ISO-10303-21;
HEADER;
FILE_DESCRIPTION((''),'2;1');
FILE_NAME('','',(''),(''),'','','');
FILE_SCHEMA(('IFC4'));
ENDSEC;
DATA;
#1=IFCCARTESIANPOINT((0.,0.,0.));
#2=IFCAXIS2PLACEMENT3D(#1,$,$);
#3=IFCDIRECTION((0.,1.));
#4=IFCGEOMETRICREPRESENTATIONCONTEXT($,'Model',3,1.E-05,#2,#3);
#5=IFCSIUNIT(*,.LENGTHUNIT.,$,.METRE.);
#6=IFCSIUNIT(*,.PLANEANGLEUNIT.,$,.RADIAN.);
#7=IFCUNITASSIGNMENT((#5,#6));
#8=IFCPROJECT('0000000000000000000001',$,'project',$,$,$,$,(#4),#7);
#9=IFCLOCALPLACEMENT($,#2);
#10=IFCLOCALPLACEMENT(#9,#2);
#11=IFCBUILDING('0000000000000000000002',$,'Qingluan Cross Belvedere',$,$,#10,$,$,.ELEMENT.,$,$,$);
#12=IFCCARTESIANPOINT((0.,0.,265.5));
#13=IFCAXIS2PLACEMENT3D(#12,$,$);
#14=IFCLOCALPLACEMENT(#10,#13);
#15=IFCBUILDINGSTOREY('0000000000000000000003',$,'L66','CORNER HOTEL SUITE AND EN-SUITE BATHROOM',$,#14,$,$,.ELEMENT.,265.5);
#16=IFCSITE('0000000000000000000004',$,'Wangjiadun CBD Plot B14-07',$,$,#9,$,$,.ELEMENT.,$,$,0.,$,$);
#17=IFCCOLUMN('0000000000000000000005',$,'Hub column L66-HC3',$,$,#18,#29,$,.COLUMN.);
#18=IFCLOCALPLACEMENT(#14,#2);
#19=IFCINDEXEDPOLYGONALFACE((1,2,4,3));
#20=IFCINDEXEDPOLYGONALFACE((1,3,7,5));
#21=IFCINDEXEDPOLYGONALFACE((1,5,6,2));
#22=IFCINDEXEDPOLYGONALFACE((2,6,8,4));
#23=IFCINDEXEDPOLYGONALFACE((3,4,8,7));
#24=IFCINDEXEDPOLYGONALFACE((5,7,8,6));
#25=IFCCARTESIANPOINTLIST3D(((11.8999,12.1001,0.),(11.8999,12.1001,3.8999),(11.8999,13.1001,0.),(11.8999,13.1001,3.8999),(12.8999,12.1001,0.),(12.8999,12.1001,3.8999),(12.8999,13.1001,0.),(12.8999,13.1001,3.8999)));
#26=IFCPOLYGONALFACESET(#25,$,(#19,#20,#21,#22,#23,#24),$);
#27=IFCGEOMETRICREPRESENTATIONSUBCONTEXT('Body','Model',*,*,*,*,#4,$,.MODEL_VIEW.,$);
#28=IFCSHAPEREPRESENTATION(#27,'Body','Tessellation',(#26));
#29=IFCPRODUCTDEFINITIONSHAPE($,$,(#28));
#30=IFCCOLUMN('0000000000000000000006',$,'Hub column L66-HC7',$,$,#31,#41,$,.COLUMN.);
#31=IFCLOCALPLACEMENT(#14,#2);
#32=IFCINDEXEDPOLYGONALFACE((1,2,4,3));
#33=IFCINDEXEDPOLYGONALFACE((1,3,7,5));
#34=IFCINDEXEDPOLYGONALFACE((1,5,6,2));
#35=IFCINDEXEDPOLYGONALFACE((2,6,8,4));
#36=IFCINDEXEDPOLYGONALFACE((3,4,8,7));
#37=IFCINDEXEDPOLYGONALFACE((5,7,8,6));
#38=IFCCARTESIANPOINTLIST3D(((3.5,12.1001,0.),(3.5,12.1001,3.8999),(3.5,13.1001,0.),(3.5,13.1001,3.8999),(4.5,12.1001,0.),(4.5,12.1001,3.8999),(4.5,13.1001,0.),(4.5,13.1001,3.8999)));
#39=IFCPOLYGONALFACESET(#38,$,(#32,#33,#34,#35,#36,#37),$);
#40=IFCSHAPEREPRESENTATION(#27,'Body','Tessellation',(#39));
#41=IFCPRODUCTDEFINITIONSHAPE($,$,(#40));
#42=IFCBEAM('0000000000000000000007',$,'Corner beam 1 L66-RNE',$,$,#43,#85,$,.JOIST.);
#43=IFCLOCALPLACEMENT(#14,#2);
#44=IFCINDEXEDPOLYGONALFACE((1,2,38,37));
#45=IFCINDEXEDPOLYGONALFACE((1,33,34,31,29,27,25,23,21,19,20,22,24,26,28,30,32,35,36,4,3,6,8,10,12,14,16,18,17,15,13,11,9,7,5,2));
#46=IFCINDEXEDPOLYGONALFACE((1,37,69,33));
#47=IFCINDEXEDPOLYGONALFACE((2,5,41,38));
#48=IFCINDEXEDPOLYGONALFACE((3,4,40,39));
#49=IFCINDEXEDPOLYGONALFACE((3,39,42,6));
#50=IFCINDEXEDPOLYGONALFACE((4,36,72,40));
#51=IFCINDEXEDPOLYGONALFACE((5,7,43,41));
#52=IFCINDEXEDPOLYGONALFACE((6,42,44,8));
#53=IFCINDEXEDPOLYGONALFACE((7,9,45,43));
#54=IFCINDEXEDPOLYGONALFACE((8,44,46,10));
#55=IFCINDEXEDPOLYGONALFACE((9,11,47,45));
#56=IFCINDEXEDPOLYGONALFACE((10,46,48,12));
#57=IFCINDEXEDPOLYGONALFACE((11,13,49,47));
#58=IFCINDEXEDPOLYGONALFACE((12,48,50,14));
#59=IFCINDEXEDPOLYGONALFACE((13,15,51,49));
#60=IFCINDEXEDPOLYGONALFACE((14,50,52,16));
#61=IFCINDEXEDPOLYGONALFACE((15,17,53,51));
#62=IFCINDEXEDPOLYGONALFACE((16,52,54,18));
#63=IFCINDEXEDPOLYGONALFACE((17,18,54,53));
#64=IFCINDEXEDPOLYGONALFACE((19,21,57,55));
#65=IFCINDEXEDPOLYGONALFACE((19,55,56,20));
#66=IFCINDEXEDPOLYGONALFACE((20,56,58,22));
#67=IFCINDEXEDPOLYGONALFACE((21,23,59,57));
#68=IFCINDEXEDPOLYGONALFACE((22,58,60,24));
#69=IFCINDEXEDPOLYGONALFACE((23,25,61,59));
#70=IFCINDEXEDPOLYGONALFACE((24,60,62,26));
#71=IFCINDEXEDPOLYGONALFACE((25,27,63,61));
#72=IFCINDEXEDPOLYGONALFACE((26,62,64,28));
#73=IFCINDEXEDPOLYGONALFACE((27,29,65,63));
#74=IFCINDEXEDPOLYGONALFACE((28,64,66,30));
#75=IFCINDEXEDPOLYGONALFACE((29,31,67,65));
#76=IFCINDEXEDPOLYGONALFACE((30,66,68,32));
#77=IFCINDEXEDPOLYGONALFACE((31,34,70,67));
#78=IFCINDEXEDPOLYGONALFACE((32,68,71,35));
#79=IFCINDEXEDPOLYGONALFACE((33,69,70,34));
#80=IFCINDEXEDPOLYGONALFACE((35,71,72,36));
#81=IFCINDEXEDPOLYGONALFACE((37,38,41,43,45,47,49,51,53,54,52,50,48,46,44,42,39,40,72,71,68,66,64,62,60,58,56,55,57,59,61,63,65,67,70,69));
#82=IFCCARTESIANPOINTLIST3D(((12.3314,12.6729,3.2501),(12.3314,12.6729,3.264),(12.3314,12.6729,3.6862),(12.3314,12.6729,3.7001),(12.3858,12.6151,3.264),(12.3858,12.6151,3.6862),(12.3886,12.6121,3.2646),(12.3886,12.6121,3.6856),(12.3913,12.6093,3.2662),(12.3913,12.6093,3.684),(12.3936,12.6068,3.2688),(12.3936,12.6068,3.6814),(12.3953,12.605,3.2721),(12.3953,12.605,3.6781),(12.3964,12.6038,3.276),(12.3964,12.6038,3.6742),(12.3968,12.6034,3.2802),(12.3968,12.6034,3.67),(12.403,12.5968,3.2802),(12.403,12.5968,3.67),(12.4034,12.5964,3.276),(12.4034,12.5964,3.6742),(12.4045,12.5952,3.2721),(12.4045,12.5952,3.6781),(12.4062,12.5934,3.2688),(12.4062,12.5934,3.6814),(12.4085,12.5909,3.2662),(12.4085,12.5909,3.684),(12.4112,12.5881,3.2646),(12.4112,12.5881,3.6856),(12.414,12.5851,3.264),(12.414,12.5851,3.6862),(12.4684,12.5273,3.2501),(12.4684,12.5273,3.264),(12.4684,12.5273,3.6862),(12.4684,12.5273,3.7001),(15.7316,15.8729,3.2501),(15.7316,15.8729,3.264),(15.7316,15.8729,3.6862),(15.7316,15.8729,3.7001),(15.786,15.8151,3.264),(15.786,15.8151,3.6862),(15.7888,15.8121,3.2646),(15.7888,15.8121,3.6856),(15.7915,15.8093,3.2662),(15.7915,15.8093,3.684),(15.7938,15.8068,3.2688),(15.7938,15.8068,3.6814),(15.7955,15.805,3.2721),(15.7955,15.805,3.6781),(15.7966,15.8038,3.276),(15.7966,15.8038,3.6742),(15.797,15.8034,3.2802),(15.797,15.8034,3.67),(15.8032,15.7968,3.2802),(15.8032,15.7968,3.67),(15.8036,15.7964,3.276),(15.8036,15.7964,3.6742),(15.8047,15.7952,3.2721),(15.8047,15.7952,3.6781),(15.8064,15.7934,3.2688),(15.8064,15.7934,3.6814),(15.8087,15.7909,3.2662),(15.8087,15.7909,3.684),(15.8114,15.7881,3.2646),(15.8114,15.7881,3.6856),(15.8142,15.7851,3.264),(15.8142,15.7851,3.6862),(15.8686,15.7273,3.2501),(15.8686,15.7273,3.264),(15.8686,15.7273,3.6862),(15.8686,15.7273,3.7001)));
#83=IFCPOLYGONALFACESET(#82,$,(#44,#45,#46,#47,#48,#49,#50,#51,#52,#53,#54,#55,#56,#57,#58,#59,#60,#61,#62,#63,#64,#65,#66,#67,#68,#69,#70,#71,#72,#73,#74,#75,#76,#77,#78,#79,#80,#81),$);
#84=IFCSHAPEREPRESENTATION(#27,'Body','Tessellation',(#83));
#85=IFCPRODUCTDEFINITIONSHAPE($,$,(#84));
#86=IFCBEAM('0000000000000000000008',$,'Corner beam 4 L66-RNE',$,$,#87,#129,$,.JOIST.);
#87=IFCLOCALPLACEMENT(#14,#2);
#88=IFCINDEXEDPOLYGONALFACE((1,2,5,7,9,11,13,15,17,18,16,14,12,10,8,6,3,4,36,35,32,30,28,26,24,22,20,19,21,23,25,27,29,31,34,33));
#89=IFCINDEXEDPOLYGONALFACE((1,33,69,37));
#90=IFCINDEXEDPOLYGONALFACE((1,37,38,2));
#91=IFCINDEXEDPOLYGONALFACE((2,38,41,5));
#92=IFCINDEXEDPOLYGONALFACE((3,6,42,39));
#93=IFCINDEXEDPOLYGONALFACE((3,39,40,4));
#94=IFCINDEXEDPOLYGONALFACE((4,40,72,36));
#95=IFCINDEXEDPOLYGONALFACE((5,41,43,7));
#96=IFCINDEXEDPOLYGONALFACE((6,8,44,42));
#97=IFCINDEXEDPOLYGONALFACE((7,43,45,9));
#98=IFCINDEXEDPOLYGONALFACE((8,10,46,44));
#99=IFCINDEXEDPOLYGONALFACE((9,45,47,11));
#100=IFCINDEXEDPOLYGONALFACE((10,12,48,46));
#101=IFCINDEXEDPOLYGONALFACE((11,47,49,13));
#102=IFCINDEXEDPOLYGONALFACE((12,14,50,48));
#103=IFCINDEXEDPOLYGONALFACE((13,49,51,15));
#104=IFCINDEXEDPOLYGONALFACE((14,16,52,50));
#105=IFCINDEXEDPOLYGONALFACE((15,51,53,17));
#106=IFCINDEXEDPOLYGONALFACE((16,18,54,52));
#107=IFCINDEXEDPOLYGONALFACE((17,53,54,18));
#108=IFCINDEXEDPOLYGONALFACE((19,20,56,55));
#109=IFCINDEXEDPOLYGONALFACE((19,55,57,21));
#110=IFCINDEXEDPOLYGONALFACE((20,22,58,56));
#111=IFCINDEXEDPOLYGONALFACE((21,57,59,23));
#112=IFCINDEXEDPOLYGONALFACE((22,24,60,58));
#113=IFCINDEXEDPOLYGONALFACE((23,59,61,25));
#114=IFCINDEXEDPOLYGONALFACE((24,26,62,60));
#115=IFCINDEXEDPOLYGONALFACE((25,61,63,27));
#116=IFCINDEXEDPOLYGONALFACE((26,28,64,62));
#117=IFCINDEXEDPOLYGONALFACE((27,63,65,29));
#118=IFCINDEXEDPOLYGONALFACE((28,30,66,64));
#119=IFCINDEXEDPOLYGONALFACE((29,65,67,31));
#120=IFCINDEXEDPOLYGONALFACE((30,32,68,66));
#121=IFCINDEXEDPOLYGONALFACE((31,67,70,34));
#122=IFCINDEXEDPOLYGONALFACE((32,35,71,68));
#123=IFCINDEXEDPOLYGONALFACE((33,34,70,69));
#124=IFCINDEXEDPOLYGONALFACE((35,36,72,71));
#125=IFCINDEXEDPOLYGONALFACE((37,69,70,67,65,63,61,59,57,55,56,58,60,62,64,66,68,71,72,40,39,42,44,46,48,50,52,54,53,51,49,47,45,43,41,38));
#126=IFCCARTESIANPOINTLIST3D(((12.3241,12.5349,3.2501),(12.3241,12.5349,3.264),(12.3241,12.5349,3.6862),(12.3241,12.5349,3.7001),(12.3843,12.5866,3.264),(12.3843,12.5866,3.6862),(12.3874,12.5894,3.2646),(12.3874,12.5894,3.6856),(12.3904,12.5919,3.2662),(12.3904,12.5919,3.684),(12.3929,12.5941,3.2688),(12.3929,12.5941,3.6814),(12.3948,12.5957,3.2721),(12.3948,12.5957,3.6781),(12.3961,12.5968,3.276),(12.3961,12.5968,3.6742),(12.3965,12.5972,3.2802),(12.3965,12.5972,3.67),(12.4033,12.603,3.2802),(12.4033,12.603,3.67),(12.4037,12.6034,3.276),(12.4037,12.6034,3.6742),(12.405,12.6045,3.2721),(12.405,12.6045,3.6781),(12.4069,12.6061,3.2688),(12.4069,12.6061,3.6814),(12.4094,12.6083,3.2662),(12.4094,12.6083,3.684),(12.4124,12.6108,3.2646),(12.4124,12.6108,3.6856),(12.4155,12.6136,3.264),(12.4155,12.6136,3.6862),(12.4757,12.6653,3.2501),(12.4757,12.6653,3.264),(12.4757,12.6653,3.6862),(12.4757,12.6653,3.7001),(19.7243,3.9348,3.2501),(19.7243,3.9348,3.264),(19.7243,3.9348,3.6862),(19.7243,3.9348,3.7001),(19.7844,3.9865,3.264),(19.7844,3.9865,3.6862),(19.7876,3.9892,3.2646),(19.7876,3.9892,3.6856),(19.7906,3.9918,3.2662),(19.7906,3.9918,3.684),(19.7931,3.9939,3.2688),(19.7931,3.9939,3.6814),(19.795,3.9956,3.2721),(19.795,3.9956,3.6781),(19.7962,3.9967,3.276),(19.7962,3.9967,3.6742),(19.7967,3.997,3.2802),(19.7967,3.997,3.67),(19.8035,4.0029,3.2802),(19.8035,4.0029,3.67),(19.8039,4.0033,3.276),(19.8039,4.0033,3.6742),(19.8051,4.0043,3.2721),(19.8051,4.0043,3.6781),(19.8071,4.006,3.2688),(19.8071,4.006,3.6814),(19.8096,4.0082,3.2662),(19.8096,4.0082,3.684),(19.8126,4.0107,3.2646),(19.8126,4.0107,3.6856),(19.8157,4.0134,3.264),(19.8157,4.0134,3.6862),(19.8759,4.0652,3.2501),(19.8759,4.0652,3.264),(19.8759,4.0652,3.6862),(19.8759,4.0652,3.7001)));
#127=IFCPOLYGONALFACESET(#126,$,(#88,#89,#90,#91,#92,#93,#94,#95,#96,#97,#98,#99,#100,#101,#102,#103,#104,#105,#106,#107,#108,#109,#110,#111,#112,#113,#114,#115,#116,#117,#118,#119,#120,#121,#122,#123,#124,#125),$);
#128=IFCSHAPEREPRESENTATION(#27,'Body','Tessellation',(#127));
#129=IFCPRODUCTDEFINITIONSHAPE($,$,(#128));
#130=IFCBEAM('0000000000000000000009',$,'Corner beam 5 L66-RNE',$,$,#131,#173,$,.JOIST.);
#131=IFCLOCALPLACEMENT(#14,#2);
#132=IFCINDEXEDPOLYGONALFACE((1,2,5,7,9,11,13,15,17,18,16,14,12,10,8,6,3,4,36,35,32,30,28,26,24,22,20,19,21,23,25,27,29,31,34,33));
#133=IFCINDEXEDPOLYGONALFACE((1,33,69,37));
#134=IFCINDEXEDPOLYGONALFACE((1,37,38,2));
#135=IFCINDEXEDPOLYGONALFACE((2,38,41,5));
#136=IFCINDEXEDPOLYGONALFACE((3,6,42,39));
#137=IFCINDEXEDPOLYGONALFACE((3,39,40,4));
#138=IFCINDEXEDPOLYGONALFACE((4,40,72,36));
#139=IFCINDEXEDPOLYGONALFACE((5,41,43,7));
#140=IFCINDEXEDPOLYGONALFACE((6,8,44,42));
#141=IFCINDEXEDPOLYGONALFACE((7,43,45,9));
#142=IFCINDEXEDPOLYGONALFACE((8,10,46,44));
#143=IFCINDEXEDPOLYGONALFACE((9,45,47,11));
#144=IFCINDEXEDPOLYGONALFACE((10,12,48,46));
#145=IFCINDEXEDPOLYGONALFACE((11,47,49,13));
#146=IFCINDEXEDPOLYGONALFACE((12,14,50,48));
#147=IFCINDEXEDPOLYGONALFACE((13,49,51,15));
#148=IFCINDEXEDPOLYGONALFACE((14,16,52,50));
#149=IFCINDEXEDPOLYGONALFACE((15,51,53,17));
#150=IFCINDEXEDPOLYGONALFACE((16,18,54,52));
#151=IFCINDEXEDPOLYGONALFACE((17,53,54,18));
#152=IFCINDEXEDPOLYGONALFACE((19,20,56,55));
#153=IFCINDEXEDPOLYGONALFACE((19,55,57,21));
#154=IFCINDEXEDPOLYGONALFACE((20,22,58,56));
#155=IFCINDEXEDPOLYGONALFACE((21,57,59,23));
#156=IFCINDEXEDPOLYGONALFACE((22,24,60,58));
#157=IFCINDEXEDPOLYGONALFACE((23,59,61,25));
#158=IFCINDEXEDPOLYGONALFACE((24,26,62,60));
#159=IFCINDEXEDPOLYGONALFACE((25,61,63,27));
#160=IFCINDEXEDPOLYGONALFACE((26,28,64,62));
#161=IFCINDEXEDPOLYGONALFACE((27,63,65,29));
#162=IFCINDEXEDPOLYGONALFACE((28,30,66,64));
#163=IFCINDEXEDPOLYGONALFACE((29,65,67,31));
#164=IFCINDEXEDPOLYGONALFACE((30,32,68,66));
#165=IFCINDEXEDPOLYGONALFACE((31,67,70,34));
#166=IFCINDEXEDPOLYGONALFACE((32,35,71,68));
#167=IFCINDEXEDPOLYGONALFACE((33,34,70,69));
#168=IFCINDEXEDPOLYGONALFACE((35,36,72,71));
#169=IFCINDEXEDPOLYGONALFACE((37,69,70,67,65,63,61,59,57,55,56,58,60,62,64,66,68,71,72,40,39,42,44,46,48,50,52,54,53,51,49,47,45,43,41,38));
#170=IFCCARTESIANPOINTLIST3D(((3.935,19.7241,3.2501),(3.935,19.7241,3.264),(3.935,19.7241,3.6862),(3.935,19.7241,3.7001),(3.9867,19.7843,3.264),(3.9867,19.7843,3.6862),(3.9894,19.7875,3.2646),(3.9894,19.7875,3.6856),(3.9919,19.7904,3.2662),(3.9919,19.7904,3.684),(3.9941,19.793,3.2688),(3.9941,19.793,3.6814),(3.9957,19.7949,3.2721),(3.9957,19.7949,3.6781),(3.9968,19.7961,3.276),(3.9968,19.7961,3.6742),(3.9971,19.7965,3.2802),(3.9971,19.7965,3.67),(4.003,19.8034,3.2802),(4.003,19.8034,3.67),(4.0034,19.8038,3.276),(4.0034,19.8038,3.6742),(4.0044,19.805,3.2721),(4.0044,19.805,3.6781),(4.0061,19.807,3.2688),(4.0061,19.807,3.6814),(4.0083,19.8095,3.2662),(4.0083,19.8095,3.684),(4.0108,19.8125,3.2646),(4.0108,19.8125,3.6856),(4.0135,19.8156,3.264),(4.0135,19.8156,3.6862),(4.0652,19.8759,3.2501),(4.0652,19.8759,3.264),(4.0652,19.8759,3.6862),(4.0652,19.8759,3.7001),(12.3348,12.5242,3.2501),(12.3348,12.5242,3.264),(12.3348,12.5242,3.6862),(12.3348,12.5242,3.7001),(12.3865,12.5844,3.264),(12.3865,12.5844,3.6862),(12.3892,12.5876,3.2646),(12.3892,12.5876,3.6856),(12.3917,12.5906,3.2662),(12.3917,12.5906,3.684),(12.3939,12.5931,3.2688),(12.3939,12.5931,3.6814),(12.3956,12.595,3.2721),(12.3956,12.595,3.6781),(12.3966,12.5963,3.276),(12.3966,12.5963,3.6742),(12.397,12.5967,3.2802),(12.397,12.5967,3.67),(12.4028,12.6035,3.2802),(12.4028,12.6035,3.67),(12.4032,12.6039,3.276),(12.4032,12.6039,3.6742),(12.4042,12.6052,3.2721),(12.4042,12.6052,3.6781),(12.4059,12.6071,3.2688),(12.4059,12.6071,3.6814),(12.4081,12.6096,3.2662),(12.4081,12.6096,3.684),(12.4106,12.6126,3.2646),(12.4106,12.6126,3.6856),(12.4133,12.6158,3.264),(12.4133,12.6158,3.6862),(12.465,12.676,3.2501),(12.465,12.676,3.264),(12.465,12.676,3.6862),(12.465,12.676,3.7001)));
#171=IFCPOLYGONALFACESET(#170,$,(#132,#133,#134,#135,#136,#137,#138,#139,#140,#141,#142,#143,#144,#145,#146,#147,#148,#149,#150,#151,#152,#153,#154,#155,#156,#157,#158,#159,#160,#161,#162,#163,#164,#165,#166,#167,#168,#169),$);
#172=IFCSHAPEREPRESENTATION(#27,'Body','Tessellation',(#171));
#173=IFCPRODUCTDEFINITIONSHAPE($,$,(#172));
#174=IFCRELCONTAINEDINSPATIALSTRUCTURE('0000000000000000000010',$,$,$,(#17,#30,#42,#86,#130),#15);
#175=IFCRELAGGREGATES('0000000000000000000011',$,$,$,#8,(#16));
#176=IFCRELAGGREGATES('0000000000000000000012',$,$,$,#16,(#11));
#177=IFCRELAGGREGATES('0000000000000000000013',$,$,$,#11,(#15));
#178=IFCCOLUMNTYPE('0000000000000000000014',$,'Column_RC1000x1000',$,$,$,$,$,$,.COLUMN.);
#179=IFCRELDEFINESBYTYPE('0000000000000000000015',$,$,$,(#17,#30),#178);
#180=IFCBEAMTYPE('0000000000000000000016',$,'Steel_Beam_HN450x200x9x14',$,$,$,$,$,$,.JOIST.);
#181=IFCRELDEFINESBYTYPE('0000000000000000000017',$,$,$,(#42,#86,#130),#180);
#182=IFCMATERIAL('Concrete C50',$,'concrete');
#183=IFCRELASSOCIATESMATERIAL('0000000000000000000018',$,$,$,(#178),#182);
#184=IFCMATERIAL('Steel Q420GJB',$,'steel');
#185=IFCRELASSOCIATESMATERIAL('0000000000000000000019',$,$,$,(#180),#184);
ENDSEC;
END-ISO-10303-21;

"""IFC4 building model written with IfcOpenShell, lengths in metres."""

from ifc_helpers import new_model, si_unit, direction, frame, origin, origin_2d, place, context, subcontext, project, spatial, rectangle, i_section, extrude, material, material_profile, profile_set, type_object, element, save


model = new_model("IFC4")

# Units and contexts
model_context = context("Model", 3, precision=1e-05, world=origin(), true_north=direction((0.0, 1.0)))
body_context = subcontext(model_context, "Body", "Model", "MODEL_VIEW")
ifc_project = project(units=[si_unit("LENGTHUNIT", "METRE"), si_unit("PLANEANGLEUNIT", "RADIAN")], contexts=[model_context])

# Site, building, storey
site_placement = place(None, origin())
site = spatial("IfcSite", under=ifc_project, at=site_placement, Name="Wangjiadun CBD Plot B14-07", CompositionType="ELEMENT", RefElevation=0.0)
building_placement = place(site_placement, origin())
building = spatial("IfcBuilding", under=site, at=building_placement, Name="Qingluan Cross Belvedere", CompositionType="ELEMENT")
storey_placement = place(building_placement, frame((0.0, 0.0, 265.5)))
storey = spatial("IfcBuildingStorey", under=building, at=storey_placement, Name="L66", Description="CORNER HOTEL SUITE AND EN-SUITE BATHROOM", CompositionType="ELEMENT", Elevation=265.5)

# Columns
ifc_material_1 = material(Name="Concrete C50", Category="concrete")
ifc_material_profile_1 = material_profile(ifc_material_1, rectangle(XDim=1.0, YDim=1.0, at=origin_2d()), Name="RC1000x1000")
ifc_profile_set_1 = profile_set([ifc_material_profile_1], Name="Concrete C50")
column_type = type_object("IfcColumnType", Name="Column_RC1000x1000", PredefinedType="COLUMN", material=ifc_profile_set_1)
for number, where, z_axis, x_axis, name in (
    (1, (12.3999, 12.6001, 0.0), (0.0, 0.0, 1.0), (1.0, 0.0, 0.0), "Hub column L66-HC3"),
    (2, (4.0, 12.6001, 0.0), (0.0, 0.0, 1.0), (1.0, 0.0, 0.0), "Hub column L66-HC7"),
):
    element("IfcColumn", number, at=place(storey_placement, frame(where, z_axis=z_axis, x_axis=x_axis)), inside=storey, type_object=column_type, Name=name, PredefinedType="COLUMN", context=body_context, shape_type="SweptSolid", body=[
        extrude(rectangle(XDim=1.0, YDim=1.0, at=origin_2d()), origin(), (0.0, 0.0, 1.0), 3.8999),
    ])

# Beams
ifc_material_2 = material(Name="Steel Q420GJB", Category="steel")
ifc_material_profile_2 = material_profile(ifc_material_2, i_section(OverallWidth=0.2, OverallDepth=0.45, WebThickness=0.009, FlangeThickness=0.0139, FilletRadius=0.0161, at=origin_2d()), Name="HN450x200x9x14")
ifc_profile_set_2 = profile_set([ifc_material_profile_2], Name="Steel Q420GJB")
beam_type_1 = type_object("IfcBeamType", Name="Steel_Beam_HN450x200x9x14", PredefinedType="JOIST", material=ifc_profile_set_2)
beam_1_placement = place(storey_placement, frame((12.3999, 12.6001, 3.4751), z_axis=(0.72822, 0.685343, 0.0), x_axis=(-0.685343, 0.72822, 0.0)))
element("IfcBeam", 3, at=beam_1_placement, inside=storey, type_object=beam_type_1, Name="Corner beam 1 L66-RNE", PredefinedType="JOIST", context=body_context, shape_type="SweptSolid", body=[
    extrude(i_section(OverallWidth=0.2, OverallDepth=0.45, WebThickness=0.009, FlangeThickness=0.0139, FilletRadius=0.0161, at=origin_2d()), origin(), (0.0, 0.0, 1.0), 4.6692),
])
beam_2_placement = place(storey_placement, frame((12.3999, 12.6001, 3.4751), z_axis=(0.652245, -0.758008, 0.0), x_axis=(0.758008, 0.652245, 0.0)))
element("IfcBeam", 4, at=beam_2_placement, inside=storey, type_object=beam_type_1, Name="Corner beam 4 L66-RNE", PredefinedType="JOIST", context=body_context, shape_type="SweptSolid", body=[
    extrude(i_section(OverallWidth=0.2, OverallDepth=0.45, WebThickness=0.009, FlangeThickness=0.0139, FilletRadius=0.0161, at=origin_2d()), origin(), (0.0, 0.0, 1.0), 11.3457),
])
beam_3_placement = place(storey_placement, frame((12.3999, 12.6001, 3.4751), z_axis=(-0.759255, 0.650793, 0.0), x_axis=(-0.650793, -0.759255, 0.0)))
element("IfcBeam", 5, at=beam_3_placement, inside=storey, type_object=beam_type_1, Name="Corner beam 5 L66-RNE", PredefinedType="JOIST", context=body_context, shape_type="SweptSolid", body=[
    extrude(i_section(OverallWidth=0.2, OverallDepth=0.45, WebThickness=0.009, FlangeThickness=0.0139, FilletRadius=0.0161, at=origin_2d()), origin(), (0.0, 0.0, 1.0), 11.0632),
])

save(model, "model.ifc")
